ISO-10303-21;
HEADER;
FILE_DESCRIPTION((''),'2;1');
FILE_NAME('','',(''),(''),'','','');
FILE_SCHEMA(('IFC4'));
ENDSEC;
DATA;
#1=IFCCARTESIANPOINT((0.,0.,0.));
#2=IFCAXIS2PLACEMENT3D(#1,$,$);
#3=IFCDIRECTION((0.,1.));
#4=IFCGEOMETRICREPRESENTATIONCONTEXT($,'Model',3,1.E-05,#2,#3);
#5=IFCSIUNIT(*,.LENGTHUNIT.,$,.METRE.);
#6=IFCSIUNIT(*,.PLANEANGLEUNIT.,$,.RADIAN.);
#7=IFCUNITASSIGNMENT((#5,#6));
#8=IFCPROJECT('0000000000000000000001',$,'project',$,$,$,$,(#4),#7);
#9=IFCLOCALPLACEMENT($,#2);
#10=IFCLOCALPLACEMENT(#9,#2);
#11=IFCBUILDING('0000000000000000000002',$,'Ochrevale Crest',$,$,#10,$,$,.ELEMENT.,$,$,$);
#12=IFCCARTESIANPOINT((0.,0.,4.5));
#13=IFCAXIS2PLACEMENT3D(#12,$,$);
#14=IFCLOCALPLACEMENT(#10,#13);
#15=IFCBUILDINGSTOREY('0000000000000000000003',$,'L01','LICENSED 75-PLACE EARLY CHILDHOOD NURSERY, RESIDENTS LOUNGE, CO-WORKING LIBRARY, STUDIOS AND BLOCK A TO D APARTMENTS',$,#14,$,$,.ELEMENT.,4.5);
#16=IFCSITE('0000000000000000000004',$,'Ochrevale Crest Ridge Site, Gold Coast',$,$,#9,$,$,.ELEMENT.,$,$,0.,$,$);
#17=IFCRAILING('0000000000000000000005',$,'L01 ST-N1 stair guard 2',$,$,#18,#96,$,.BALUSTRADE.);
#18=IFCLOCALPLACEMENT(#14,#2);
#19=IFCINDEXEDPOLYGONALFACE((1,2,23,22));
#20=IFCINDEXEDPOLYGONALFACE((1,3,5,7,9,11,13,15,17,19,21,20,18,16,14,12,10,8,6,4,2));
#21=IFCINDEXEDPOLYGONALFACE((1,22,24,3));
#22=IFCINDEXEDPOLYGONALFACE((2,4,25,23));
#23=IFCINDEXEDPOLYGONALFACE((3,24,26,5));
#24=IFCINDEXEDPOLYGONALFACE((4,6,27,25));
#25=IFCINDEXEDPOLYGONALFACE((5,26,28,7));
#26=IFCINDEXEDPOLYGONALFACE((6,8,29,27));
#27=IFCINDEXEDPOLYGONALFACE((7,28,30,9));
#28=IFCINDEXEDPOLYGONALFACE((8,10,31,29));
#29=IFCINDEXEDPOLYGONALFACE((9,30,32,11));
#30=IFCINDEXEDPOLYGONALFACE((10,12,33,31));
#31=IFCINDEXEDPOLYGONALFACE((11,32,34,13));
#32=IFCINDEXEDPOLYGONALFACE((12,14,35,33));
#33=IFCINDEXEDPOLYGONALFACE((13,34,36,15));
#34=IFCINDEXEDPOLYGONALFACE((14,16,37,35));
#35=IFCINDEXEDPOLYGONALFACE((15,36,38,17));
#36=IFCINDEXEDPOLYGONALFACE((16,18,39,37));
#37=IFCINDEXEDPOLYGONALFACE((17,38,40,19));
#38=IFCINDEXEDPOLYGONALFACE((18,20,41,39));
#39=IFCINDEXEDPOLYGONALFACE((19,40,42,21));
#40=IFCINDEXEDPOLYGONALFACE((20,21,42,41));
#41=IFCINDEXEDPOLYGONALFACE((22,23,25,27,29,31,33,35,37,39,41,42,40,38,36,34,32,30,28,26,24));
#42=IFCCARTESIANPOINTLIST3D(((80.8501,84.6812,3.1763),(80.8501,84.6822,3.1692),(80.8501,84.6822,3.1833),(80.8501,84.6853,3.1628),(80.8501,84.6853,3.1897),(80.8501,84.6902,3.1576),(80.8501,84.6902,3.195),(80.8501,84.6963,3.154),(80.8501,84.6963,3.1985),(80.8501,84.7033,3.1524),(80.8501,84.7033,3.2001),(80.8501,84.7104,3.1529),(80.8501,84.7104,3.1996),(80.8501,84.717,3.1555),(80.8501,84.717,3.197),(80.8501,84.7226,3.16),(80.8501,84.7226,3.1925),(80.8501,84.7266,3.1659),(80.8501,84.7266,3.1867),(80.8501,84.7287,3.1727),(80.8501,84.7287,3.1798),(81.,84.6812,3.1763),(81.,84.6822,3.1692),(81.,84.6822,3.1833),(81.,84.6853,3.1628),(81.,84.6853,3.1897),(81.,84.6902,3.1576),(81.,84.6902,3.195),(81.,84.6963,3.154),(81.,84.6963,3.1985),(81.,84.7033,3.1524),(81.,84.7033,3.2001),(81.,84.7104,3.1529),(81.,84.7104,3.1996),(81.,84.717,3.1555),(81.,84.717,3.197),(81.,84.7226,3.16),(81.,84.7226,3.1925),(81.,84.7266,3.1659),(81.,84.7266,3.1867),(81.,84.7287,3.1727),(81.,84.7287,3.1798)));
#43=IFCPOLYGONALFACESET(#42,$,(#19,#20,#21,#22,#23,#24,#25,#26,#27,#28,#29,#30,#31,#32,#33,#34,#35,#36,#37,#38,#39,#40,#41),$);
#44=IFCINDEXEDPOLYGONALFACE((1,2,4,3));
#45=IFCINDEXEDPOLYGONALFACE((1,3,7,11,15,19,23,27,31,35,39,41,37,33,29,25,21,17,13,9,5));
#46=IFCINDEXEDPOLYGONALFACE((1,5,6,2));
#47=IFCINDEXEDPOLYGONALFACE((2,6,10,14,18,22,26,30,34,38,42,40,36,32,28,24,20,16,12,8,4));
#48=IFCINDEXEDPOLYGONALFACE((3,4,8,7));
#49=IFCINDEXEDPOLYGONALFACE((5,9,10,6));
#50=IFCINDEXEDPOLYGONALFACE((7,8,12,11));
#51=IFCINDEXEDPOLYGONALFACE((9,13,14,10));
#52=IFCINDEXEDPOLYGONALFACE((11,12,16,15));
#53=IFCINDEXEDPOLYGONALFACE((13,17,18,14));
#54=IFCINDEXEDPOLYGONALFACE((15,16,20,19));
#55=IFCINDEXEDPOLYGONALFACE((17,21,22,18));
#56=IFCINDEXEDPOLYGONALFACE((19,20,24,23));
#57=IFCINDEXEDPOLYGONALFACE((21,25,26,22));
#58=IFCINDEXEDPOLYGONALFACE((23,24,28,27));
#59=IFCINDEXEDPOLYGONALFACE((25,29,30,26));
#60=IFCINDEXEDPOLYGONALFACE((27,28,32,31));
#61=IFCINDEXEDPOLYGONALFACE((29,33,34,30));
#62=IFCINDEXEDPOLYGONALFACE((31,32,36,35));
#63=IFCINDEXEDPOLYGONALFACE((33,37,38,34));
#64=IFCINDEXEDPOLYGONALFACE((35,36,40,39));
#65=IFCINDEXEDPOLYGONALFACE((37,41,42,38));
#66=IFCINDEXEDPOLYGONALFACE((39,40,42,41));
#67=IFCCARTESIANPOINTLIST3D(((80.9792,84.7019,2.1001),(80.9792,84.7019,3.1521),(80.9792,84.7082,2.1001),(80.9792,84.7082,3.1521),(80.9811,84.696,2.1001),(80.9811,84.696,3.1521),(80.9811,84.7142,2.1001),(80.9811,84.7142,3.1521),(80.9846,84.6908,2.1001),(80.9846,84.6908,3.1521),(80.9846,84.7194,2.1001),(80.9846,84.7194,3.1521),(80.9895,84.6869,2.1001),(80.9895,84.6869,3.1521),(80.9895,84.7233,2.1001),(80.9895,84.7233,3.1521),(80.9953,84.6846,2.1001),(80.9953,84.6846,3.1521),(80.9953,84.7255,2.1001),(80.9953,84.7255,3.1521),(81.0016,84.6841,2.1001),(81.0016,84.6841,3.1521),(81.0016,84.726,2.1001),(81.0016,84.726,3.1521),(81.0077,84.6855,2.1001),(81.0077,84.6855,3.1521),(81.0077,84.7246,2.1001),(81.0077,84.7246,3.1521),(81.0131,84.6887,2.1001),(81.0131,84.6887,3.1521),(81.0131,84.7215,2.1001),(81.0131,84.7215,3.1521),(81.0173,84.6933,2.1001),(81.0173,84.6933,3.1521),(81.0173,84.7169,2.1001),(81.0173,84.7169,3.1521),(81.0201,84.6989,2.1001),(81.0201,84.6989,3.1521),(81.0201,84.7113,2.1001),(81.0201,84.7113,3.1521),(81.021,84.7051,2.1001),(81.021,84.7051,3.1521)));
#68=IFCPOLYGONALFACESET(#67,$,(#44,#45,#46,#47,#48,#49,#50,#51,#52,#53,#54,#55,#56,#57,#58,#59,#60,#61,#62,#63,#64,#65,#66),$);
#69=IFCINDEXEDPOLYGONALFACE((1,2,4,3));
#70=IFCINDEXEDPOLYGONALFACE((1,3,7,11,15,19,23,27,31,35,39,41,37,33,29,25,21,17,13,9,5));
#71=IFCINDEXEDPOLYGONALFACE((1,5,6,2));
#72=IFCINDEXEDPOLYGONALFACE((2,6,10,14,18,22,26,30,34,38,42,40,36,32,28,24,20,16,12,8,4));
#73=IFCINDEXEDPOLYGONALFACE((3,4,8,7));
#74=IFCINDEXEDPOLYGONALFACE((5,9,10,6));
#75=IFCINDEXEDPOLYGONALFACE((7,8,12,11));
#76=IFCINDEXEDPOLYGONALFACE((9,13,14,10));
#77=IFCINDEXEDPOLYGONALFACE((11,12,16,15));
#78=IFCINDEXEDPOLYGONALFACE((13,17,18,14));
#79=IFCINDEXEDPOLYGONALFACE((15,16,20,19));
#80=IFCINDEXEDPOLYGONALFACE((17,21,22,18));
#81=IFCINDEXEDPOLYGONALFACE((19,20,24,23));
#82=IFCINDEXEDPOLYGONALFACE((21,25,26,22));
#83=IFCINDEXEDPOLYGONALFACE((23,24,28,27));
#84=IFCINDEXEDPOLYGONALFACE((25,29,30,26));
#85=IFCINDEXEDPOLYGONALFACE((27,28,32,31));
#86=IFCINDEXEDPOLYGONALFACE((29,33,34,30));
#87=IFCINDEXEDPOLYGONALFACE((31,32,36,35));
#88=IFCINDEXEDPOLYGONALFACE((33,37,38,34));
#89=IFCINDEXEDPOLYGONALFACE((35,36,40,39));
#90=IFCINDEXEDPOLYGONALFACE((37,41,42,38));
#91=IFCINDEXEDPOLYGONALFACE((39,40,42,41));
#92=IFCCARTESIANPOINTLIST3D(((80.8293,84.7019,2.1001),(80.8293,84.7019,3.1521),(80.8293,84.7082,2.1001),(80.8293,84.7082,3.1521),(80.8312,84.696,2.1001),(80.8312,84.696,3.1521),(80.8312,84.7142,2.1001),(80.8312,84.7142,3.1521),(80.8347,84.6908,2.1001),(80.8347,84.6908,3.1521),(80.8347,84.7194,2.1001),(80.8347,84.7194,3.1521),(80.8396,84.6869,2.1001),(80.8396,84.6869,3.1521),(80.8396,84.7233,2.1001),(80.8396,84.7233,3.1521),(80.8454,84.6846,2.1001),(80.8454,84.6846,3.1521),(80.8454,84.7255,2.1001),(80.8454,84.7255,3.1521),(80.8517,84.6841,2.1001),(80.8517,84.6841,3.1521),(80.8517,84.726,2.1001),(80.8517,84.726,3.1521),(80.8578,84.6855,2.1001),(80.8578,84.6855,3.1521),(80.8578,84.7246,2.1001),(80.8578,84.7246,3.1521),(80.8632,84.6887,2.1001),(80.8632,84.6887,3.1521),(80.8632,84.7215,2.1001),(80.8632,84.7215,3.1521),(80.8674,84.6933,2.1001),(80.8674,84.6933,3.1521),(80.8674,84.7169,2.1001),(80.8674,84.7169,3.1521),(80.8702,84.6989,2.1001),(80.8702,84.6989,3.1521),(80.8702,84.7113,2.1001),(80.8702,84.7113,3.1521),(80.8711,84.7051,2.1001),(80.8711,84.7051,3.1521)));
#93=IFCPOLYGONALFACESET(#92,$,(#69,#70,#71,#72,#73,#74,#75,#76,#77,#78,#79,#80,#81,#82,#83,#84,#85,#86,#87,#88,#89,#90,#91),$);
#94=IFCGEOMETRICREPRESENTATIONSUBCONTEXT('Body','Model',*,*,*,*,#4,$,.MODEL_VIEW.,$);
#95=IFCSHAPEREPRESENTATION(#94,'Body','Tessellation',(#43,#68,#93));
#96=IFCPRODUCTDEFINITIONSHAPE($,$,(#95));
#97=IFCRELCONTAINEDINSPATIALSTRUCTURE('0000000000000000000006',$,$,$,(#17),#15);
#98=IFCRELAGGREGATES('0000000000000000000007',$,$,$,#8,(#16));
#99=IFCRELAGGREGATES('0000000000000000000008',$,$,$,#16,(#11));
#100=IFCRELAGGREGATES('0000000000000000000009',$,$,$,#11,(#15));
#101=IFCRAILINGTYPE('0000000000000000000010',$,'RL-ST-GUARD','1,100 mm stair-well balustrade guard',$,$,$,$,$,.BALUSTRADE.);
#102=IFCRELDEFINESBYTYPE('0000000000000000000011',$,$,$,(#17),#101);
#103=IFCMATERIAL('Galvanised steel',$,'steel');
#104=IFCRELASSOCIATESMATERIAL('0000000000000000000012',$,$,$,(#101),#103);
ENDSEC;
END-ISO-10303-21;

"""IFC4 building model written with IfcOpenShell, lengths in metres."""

from ifc_helpers import new_model, si_unit, direction, frame, origin, origin_2d, place, context, subcontext, project, spatial, circle, extrude, material, type_object, element, save


model = new_model("IFC4")

# Units and contexts
model_context = context("Model", 3, precision=1e-05, world=origin(), true_north=direction((0.0, 1.0)))
body_context = subcontext(model_context, "Body", "Model", "MODEL_VIEW")
ifc_project = project(units=[si_unit("LENGTHUNIT", "METRE"), si_unit("PLANEANGLEUNIT", "RADIAN")], contexts=[model_context])

# Site, building, storey
site_placement = place(None, origin())
site = spatial("IfcSite", under=ifc_project, at=site_placement, Name="Ochrevale Crest Ridge Site, Gold Coast", CompositionType="ELEMENT", RefElevation=0.0)
building_placement = place(site_placement, origin())
building = spatial("IfcBuilding", under=site, at=building_placement, Name="Ochrevale Crest", CompositionType="ELEMENT")
storey_placement = place(building_placement, frame((0.0, 0.0, 4.5)))
storey = spatial("IfcBuildingStorey", under=building, at=storey_placement, Name="L01", Description="LICENSED 75-PLACE EARLY CHILDHOOD NURSERY, RESIDENTS LOUNGE, CO-WORKING LIBRARY, STUDIOS AND BLOCK A TO D APARTMENTS", CompositionType="ELEMENT", Elevation=4.5)

# Railing
ifc_material_1 = material(Name="Galvanised steel", Category="steel")
railing_type_1 = type_object("IfcRailingType", Name="RL-ST-GUARD", Description="1,100 mm stair-well balustrade guard", PredefinedType="BALUSTRADE", material=ifc_material_1)
railing_1_placement = place(storey_placement, frame((81.0, 84.7051, 2.1001)))
element("IfcRailing", 1, at=railing_1_placement, inside=storey, type_object=railing_type_1, Name="L01 ST-N1 stair guard 2", PredefinedType="BALUSTRADE", context=body_context, shape_type="SweptSolid", body=[
    extrude(circle(Radius=0.0239, at=origin_2d()), frame((0.0, 0.0, 1.0762), z_axis=(-1.0, 0.0, 0.0), x_axis=(0.0, -1.0, 0.0)), (0.0, 0.0, 1.0), 0.1499),
    extrude(circle(Radius=0.021, at=origin_2d()), origin(), (0.0, 0.0, 1.0), 1.052),
    extrude(circle(Radius=0.021, at=origin_2d()), frame((-0.1499, 0.0, 0.0)), (0.0, 0.0, 1.0), 1.052),
])

save(model, "model.ifc")
